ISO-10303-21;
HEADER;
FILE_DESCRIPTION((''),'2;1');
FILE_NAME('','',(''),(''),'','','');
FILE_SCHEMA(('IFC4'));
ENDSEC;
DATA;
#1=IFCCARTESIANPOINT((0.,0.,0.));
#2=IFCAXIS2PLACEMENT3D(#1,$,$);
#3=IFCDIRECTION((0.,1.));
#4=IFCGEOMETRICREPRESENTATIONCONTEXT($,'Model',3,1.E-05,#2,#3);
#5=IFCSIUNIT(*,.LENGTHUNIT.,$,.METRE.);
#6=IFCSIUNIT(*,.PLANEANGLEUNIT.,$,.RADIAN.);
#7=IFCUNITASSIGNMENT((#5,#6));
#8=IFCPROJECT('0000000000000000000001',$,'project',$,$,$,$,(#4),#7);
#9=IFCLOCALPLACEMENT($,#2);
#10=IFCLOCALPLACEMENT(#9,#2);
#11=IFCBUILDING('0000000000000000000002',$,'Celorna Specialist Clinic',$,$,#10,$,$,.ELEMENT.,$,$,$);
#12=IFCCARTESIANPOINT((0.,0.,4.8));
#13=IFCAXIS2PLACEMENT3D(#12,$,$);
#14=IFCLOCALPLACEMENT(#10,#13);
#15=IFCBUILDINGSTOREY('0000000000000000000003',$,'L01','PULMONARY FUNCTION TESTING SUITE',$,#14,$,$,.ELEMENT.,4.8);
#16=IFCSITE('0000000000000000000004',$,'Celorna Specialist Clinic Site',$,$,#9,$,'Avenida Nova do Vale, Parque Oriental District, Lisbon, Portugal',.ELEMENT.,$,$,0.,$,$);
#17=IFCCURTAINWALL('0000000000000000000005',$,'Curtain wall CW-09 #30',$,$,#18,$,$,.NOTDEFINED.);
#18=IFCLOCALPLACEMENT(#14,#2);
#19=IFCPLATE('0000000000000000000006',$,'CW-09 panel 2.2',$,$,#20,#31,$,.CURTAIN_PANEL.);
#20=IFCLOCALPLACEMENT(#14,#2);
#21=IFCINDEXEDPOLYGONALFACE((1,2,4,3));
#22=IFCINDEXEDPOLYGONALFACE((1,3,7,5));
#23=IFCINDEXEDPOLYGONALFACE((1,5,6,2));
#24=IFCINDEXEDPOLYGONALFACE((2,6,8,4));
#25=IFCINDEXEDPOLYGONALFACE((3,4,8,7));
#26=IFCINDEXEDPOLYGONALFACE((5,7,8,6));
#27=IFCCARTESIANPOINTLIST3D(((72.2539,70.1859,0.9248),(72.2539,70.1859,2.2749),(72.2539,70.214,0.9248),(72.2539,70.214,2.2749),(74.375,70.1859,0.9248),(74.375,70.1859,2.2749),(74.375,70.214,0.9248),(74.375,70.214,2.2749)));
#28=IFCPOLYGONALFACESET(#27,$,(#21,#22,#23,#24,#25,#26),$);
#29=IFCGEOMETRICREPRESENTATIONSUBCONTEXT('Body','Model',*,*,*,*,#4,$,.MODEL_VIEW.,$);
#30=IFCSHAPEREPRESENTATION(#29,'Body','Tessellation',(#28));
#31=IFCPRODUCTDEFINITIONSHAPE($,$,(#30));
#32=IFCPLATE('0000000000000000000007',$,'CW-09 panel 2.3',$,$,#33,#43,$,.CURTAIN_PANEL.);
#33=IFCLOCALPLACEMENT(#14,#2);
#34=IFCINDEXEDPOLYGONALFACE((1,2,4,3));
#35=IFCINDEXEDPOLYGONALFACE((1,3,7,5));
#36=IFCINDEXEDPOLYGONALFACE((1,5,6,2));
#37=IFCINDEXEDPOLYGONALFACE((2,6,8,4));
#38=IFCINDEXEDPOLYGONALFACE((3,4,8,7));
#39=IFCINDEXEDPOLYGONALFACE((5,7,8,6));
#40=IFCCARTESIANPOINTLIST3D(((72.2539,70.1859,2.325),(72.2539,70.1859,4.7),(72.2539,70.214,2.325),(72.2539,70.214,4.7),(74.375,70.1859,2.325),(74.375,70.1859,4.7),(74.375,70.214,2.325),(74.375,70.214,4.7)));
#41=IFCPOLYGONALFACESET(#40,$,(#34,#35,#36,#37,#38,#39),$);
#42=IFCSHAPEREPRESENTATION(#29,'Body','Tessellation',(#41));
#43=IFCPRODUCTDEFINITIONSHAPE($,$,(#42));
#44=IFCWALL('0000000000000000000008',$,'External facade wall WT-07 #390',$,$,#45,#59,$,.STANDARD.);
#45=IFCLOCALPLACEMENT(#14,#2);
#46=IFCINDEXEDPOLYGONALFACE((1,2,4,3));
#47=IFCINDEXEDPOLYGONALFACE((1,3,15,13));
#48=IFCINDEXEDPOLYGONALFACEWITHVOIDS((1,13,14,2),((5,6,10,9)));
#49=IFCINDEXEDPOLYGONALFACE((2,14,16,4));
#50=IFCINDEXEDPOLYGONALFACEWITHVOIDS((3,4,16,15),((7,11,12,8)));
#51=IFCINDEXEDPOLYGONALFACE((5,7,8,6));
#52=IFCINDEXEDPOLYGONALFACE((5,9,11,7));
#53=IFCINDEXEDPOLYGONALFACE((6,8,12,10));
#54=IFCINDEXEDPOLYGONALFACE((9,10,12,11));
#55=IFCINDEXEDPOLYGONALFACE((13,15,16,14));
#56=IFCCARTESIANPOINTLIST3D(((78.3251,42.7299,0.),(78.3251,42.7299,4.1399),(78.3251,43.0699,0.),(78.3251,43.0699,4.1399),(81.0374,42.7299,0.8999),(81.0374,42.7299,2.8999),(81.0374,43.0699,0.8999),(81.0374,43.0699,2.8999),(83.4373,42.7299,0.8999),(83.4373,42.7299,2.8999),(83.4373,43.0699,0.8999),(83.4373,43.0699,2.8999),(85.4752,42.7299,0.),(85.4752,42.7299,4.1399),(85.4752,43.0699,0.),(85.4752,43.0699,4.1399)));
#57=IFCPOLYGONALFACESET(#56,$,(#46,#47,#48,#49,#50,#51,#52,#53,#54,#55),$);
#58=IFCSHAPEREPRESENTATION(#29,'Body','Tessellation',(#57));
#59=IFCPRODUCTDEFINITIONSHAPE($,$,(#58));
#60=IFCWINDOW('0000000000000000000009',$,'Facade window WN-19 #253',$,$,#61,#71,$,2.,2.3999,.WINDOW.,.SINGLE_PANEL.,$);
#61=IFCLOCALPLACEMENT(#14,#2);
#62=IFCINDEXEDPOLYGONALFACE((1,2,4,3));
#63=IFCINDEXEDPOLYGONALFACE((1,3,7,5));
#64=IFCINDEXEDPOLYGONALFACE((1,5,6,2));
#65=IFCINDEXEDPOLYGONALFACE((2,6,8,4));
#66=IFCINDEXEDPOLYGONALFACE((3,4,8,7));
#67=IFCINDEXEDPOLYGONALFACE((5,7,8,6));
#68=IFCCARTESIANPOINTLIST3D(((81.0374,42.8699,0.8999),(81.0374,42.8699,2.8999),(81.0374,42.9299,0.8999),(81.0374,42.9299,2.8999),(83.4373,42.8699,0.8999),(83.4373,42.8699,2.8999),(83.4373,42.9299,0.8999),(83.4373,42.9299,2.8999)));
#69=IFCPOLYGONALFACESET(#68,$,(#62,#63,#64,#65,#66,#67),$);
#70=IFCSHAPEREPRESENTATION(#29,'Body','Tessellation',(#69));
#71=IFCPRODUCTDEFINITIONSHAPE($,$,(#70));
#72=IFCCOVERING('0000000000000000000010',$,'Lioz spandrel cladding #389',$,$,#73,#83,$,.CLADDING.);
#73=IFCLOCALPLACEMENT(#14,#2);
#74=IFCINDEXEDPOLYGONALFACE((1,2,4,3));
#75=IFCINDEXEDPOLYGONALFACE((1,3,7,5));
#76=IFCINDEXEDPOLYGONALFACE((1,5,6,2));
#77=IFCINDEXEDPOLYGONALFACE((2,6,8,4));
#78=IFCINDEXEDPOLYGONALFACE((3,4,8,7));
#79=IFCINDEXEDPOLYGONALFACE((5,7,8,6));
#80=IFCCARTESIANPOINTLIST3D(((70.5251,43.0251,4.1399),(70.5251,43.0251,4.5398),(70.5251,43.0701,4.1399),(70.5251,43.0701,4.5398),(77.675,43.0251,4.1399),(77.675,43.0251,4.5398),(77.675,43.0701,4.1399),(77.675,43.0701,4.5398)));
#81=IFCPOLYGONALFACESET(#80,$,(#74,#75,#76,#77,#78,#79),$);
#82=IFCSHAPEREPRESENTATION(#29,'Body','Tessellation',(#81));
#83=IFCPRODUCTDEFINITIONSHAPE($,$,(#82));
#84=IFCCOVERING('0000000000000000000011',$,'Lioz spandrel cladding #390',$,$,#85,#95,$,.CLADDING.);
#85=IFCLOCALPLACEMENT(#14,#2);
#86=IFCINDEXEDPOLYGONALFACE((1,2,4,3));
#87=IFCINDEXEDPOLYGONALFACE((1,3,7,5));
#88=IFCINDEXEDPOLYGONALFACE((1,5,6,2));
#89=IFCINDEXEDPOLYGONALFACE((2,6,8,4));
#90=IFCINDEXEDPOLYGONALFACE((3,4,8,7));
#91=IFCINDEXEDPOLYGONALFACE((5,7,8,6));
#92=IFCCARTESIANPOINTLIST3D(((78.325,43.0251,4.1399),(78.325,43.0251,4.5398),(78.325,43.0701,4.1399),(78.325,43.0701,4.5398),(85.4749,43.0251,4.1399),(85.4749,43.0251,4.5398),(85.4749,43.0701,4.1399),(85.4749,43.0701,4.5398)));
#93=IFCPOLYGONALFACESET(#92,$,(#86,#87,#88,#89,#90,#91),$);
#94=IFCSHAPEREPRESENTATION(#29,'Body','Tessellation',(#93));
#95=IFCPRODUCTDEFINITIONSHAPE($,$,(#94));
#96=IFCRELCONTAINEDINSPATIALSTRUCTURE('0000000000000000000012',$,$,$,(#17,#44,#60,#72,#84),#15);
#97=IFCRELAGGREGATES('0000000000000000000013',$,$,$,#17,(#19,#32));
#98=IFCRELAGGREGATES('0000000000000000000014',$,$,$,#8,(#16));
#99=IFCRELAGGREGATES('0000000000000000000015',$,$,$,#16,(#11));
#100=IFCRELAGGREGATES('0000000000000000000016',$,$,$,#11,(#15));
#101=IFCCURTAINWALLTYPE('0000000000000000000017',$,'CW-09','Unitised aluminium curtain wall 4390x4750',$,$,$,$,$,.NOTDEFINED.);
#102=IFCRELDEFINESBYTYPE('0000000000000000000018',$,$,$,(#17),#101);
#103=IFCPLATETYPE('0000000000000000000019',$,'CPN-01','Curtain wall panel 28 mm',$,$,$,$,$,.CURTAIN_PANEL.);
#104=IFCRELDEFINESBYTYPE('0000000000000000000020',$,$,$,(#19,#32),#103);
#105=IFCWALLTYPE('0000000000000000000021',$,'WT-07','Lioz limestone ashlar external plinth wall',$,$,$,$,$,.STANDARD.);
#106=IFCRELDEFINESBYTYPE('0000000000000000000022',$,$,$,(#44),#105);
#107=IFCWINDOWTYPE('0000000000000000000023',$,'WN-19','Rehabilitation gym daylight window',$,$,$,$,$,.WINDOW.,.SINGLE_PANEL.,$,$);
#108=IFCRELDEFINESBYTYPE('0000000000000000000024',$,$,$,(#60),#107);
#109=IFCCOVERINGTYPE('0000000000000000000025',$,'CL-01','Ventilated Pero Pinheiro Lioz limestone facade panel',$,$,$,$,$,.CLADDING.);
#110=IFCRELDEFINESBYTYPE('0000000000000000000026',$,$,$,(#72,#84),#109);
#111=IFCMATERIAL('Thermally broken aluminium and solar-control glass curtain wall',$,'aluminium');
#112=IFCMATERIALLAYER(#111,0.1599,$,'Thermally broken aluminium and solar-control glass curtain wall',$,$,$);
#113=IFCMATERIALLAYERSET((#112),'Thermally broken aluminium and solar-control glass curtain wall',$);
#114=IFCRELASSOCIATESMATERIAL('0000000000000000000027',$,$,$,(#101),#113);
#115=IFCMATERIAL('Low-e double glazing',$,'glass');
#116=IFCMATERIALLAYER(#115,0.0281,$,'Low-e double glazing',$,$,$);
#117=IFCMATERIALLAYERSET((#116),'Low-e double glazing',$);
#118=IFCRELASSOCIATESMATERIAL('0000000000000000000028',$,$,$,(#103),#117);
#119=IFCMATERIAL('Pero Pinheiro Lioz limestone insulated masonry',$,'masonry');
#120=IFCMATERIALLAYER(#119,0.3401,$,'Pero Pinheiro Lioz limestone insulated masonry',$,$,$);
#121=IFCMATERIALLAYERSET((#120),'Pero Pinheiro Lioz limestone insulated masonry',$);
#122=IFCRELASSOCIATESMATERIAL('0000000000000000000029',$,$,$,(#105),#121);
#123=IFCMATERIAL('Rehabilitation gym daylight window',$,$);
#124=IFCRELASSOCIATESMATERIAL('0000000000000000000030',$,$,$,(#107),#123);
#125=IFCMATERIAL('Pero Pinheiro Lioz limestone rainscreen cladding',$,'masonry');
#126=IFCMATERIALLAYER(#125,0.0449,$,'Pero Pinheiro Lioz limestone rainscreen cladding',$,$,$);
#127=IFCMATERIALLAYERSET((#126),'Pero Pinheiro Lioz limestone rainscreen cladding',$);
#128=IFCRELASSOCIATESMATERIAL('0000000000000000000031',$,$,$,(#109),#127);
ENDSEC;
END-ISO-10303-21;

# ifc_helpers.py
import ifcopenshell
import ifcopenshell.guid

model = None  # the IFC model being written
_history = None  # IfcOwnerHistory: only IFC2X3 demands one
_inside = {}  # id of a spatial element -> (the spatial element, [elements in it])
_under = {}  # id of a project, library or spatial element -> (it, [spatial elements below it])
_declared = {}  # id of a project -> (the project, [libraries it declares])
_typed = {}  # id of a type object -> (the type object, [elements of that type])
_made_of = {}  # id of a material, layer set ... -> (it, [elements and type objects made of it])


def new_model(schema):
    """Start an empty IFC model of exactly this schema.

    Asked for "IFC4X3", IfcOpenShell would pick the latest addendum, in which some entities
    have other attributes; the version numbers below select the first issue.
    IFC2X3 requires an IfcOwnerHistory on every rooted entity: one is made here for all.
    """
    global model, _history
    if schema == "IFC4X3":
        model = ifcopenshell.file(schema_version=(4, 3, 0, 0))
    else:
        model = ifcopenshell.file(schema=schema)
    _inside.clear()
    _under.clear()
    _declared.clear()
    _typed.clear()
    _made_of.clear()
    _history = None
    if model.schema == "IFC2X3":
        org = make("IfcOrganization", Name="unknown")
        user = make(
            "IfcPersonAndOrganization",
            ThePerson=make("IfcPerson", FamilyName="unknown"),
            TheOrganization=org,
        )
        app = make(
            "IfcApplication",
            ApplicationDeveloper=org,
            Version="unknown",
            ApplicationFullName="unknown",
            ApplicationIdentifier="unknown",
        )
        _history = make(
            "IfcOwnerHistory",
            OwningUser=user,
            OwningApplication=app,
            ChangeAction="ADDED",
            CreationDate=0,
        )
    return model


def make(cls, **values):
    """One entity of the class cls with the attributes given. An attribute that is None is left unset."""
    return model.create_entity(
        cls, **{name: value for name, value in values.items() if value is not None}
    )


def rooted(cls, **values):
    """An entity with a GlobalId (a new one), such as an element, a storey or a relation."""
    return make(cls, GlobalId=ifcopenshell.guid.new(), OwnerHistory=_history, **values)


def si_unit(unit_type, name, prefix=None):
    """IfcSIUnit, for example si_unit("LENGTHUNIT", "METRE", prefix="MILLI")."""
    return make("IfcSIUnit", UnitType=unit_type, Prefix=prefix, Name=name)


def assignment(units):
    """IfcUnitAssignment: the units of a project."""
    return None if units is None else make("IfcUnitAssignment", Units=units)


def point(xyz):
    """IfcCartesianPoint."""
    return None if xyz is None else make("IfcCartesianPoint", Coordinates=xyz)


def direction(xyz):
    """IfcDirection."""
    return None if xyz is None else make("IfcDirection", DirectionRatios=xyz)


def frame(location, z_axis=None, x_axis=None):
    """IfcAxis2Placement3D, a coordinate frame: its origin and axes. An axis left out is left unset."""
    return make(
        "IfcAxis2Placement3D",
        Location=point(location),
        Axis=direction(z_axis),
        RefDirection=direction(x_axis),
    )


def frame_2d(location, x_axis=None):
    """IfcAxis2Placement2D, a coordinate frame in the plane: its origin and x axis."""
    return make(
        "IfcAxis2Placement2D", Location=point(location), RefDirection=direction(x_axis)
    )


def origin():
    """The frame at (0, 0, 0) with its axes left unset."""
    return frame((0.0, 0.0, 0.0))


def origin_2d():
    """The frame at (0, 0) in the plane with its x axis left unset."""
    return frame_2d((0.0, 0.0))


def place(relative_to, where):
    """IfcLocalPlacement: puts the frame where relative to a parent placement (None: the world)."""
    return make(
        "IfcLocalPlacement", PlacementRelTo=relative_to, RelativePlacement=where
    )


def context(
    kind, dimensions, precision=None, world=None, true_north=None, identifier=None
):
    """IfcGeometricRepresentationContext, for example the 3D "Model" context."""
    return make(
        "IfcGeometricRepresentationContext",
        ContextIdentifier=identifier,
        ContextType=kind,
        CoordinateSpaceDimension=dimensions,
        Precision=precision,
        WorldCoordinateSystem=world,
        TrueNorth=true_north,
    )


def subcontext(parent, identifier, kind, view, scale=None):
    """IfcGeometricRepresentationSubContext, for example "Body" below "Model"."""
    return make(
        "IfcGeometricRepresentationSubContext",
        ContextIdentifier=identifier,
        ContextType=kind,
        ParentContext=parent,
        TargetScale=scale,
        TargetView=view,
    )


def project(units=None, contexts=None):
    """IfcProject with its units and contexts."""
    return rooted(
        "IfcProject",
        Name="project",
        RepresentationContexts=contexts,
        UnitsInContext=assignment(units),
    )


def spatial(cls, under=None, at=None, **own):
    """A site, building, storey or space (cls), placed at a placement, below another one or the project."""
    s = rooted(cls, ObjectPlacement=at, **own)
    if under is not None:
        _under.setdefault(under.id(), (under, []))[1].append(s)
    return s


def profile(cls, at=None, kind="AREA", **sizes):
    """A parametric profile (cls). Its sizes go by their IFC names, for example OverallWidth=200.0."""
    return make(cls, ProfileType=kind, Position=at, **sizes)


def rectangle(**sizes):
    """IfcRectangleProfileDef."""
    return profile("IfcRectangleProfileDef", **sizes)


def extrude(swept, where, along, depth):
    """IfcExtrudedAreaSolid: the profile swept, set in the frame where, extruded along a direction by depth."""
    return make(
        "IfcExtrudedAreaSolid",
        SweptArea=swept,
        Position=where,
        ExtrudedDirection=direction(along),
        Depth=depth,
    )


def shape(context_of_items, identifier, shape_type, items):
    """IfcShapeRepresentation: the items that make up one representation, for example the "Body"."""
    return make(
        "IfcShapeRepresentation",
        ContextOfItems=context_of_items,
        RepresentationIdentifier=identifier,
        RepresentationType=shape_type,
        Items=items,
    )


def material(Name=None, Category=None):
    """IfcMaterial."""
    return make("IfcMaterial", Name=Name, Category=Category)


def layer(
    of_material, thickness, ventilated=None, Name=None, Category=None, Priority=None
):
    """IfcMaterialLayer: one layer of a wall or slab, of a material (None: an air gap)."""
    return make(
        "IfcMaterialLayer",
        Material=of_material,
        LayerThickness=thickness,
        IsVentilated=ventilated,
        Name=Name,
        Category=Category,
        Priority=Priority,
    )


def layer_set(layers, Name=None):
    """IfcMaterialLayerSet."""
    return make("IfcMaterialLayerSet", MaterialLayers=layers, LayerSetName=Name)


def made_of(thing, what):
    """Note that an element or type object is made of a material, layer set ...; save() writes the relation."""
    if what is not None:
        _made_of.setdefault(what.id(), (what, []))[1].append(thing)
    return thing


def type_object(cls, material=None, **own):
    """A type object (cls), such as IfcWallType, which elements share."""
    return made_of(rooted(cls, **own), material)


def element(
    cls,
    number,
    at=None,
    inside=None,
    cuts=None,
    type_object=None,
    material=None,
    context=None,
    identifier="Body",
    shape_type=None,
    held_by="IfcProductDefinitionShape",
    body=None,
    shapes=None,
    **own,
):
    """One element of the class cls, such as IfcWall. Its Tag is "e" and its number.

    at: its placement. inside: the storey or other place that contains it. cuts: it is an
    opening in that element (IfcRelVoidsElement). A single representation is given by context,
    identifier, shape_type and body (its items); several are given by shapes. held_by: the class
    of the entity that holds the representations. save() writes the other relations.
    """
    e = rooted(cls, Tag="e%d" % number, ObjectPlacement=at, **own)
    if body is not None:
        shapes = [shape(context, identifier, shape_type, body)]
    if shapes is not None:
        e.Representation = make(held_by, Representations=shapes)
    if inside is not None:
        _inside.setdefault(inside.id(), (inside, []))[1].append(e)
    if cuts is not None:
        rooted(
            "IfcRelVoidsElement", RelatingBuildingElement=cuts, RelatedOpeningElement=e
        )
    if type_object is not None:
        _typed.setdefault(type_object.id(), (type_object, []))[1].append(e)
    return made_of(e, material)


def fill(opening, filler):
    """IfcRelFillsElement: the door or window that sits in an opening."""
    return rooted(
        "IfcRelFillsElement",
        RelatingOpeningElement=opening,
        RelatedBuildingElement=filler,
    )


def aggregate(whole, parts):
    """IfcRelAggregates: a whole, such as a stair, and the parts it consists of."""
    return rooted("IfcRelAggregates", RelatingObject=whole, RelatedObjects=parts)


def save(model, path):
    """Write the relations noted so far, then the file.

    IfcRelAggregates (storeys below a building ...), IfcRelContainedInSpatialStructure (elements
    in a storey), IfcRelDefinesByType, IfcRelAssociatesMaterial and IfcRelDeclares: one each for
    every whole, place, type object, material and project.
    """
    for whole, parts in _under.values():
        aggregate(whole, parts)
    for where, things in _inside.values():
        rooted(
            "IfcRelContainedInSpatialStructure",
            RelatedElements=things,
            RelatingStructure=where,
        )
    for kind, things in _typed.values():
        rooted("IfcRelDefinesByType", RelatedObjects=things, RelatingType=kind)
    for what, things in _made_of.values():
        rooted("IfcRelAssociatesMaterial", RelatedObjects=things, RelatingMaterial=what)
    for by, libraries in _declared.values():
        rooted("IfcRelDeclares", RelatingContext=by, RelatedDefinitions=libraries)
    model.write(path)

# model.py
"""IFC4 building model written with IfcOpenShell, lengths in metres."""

from ifc_helpers import new_model, si_unit, direction, frame, frame_2d, origin, origin_2d, place, context, subcontext, project, spatial, rectangle, extrude, material, layer, layer_set, type_object, element, fill, aggregate, save


model = new_model("IFC4")

# Units and contexts
model_context = context("Model", 3, precision=1e-05, world=origin(), true_north=direction((0.0, 1.0)))
body_context = subcontext(model_context, "Body", "Model", "MODEL_VIEW")
ifc_project = project(units=[si_unit("LENGTHUNIT", "METRE"), si_unit("PLANEANGLEUNIT", "RADIAN")], contexts=[model_context])

# Site, building, storey
site_placement = place(None, origin())
site = spatial("IfcSite", under=ifc_project, at=site_placement, Name="Celorna Specialist Clinic Site", LongName="Avenida Nova do Vale, Parque Oriental District, Lisbon, Portugal", CompositionType="ELEMENT", RefElevation=0.0)
building_placement = place(site_placement, origin())
building = spatial("IfcBuilding", under=site, at=building_placement, Name="Celorna Specialist Clinic", CompositionType="ELEMENT")
storey_placement = place(building_placement, frame((0.0, 0.0, 4.8)))
storey = spatial("IfcBuildingStorey", under=building, at=storey_placement, Name="L01", Description="PULMONARY FUNCTION TESTING SUITE", CompositionType="ELEMENT", Elevation=4.8)

# Curtain wall, plates
ifc_material_1 = material(Name="Thermally broken aluminium and solar-control glass curtain wall", Category="aluminium")
ifc_layer_1 = layer(ifc_material_1, 0.1599, Name="Thermally broken aluminium and solar-control glass curtain wall")
ifc_layer_set_1 = layer_set([ifc_layer_1], Name="Thermally broken aluminium and solar-control glass curtain wall")
curtain_wall_type = type_object("IfcCurtainWallType", Name="CW-09", Description="Unitised aluminium curtain wall 4390x4750", PredefinedType="NOTDEFINED", material=ifc_layer_set_1)
curtain_wall_placement = place(storey_placement, origin())
curtain_wall = element("IfcCurtainWall", 1, at=curtain_wall_placement, inside=storey, type_object=curtain_wall_type, Name="Curtain wall CW-09 #30", PredefinedType="NOTDEFINED")
ifc_material_2 = material(Name="Low-e double glazing", Category="glass")
ifc_layer_2 = layer(ifc_material_2, 0.0281, Name="Low-e double glazing")
ifc_layer_set_2 = layer_set([ifc_layer_2], Name="Low-e double glazing")
plate_type = type_object("IfcPlateType", Name="CPN-01", Description="Curtain wall panel 28 mm", PredefinedType="CURTAIN_PANEL", material=ifc_layer_set_2)
plate_1_placement = place(storey_placement, frame((73.3145, 70.2, 0.9248), z_axis=(0.0, 0.0, 1.0), x_axis=(-1.0, 0.0, 0.0)))
plate_1 = element("IfcPlate", 2, at=plate_1_placement, type_object=plate_type, Name="CW-09 panel 2.2", PredefinedType="CURTAIN_PANEL", context=body_context, shape_type="SweptSolid", body=[
    extrude(rectangle(XDim=2.1211, YDim=0.0281, at=origin_2d()), origin(), (0.0, 0.0, 1.0), 1.3501),
])
plate_2_placement = place(storey_placement, frame((73.3145, 70.2, 2.325), z_axis=(0.0, 0.0, 1.0), x_axis=(-1.0, 0.0, 0.0)))
plate_2 = element("IfcPlate", 3, at=plate_2_placement, type_object=plate_type, Name="CW-09 panel 2.3", PredefinedType="CURTAIN_PANEL", context=body_context, shape_type="SweptSolid", body=[
    extrude(rectangle(XDim=2.1211, YDim=0.0281, at=origin_2d()), origin(), (0.0, 0.0, 1.0), 2.375),
])
aggregate(curtain_wall, [plate_1, plate_2])

# Wall, opening, window
ifc_material_3 = material(Name="Pero Pinheiro Lioz limestone insulated masonry", Category="masonry")
ifc_layer_3 = layer(ifc_material_3, 0.3401, Name="Pero Pinheiro Lioz limestone insulated masonry")
ifc_layer_set_3 = layer_set([ifc_layer_3], Name="Pero Pinheiro Lioz limestone insulated masonry")
wall_type = type_object("IfcWallType", Name="WT-07", Description="Lioz limestone ashlar external plinth wall", PredefinedType="STANDARD", material=ifc_layer_set_3)
wall_placement = place(storey_placement, frame((78.325, 42.8999, 0.0), z_axis=(0.0, 0.0, 1.0), x_axis=(1.0, 0.0, 0.0)))
wall = element("IfcWall", 4, at=wall_placement, inside=storey, type_object=wall_type, Name="External facade wall WT-07 #390", PredefinedType="STANDARD", context=body_context, shape_type="SweptSolid", body=[
    extrude(rectangle(XDim=7.1501, YDim=0.3401, at=frame_2d((3.5752, 0.0))), origin(), (0.0, 0.0, 1.0), 4.1399),
])
opening_placement = place(wall_placement, frame((2.7124, 0.0, 0.8999)))
opening = element("IfcOpeningElement", 5, at=opening_placement, cuts=wall, PredefinedType="OPENING", context=body_context, shape_type="SweptSolid", body=[
    extrude(rectangle(XDim=2.3999, YDim=2.0, at=frame_2d((1.2, 1.0))), frame((0.0, 0.1799, 0.0), z_axis=(0.0, -1.0, 0.0), x_axis=(1.0, 0.0, 0.0)), (0.0, 0.0, 1.0), 0.3601),
])
ifc_material_4 = material(Name="Rehabilitation gym daylight window")
window_type = type_object("IfcWindowType", Name="WN-19", Description="Rehabilitation gym daylight window", PartitioningType="SINGLE_PANEL", PredefinedType="WINDOW", material=ifc_material_4)
window_placement = place(opening_placement, origin())
window = element("IfcWindow", 6, at=window_placement, inside=storey, type_object=window_type, Name="Facade window WN-19 #253", OverallHeight=2.0, OverallWidth=2.3999, PartitioningType="SINGLE_PANEL", PredefinedType="WINDOW", context=body_context, shape_type="SweptSolid", body=[
    extrude(rectangle(XDim=2.3999, YDim=2.0, at=frame_2d((1.2, 1.0))), frame((0.0, 0.03, 0.0), z_axis=(0.0, -1.0, 0.0), x_axis=(1.0, 0.0, 0.0)), (0.0, 0.0, 1.0), 0.0601),
])
fill(opening, window)

# Coverings
ifc_material_5 = material(Name="Pero Pinheiro Lioz limestone rainscreen cladding", Category="masonry")
ifc_layer_4 = layer(ifc_material_5, 0.0449, Name="Pero Pinheiro Lioz limestone rainscreen cladding")
ifc_layer_set_4 = layer_set([ifc_layer_4], Name="Pero Pinheiro Lioz limestone rainscreen cladding")
covering_type = type_object("IfcCoveringType", Name="CL-01", Description="Ventilated Pero Pinheiro Lioz limestone facade panel", PredefinedType="CLADDING", material=ifc_layer_set_4)
for number, where, z_axis, x_axis, name in (
    (7, (74.1001, 43.0476, 4.1399), (0.0, 0.0, 1.0), (1.0, 0.0, 0.0), "Lioz spandrel cladding #389"),
    (8, (81.8999, 43.0476, 4.1399), (0.0, 0.0, 1.0), (1.0, 0.0, 0.0), "Lioz spandrel cladding #390"),
):
    element("IfcCovering", number, at=place(storey_placement, frame(where, z_axis=z_axis, x_axis=x_axis)), inside=storey, type_object=covering_type, Name=name, PredefinedType="CLADDING", context=body_context, shape_type="SweptSolid", body=[
        extrude(rectangle(XDim=7.1499, YDim=0.0449, at=origin_2d()), origin(), (0.0, 0.0, 1.0), 0.3999),
    ])

save(model, "model.ifc")
